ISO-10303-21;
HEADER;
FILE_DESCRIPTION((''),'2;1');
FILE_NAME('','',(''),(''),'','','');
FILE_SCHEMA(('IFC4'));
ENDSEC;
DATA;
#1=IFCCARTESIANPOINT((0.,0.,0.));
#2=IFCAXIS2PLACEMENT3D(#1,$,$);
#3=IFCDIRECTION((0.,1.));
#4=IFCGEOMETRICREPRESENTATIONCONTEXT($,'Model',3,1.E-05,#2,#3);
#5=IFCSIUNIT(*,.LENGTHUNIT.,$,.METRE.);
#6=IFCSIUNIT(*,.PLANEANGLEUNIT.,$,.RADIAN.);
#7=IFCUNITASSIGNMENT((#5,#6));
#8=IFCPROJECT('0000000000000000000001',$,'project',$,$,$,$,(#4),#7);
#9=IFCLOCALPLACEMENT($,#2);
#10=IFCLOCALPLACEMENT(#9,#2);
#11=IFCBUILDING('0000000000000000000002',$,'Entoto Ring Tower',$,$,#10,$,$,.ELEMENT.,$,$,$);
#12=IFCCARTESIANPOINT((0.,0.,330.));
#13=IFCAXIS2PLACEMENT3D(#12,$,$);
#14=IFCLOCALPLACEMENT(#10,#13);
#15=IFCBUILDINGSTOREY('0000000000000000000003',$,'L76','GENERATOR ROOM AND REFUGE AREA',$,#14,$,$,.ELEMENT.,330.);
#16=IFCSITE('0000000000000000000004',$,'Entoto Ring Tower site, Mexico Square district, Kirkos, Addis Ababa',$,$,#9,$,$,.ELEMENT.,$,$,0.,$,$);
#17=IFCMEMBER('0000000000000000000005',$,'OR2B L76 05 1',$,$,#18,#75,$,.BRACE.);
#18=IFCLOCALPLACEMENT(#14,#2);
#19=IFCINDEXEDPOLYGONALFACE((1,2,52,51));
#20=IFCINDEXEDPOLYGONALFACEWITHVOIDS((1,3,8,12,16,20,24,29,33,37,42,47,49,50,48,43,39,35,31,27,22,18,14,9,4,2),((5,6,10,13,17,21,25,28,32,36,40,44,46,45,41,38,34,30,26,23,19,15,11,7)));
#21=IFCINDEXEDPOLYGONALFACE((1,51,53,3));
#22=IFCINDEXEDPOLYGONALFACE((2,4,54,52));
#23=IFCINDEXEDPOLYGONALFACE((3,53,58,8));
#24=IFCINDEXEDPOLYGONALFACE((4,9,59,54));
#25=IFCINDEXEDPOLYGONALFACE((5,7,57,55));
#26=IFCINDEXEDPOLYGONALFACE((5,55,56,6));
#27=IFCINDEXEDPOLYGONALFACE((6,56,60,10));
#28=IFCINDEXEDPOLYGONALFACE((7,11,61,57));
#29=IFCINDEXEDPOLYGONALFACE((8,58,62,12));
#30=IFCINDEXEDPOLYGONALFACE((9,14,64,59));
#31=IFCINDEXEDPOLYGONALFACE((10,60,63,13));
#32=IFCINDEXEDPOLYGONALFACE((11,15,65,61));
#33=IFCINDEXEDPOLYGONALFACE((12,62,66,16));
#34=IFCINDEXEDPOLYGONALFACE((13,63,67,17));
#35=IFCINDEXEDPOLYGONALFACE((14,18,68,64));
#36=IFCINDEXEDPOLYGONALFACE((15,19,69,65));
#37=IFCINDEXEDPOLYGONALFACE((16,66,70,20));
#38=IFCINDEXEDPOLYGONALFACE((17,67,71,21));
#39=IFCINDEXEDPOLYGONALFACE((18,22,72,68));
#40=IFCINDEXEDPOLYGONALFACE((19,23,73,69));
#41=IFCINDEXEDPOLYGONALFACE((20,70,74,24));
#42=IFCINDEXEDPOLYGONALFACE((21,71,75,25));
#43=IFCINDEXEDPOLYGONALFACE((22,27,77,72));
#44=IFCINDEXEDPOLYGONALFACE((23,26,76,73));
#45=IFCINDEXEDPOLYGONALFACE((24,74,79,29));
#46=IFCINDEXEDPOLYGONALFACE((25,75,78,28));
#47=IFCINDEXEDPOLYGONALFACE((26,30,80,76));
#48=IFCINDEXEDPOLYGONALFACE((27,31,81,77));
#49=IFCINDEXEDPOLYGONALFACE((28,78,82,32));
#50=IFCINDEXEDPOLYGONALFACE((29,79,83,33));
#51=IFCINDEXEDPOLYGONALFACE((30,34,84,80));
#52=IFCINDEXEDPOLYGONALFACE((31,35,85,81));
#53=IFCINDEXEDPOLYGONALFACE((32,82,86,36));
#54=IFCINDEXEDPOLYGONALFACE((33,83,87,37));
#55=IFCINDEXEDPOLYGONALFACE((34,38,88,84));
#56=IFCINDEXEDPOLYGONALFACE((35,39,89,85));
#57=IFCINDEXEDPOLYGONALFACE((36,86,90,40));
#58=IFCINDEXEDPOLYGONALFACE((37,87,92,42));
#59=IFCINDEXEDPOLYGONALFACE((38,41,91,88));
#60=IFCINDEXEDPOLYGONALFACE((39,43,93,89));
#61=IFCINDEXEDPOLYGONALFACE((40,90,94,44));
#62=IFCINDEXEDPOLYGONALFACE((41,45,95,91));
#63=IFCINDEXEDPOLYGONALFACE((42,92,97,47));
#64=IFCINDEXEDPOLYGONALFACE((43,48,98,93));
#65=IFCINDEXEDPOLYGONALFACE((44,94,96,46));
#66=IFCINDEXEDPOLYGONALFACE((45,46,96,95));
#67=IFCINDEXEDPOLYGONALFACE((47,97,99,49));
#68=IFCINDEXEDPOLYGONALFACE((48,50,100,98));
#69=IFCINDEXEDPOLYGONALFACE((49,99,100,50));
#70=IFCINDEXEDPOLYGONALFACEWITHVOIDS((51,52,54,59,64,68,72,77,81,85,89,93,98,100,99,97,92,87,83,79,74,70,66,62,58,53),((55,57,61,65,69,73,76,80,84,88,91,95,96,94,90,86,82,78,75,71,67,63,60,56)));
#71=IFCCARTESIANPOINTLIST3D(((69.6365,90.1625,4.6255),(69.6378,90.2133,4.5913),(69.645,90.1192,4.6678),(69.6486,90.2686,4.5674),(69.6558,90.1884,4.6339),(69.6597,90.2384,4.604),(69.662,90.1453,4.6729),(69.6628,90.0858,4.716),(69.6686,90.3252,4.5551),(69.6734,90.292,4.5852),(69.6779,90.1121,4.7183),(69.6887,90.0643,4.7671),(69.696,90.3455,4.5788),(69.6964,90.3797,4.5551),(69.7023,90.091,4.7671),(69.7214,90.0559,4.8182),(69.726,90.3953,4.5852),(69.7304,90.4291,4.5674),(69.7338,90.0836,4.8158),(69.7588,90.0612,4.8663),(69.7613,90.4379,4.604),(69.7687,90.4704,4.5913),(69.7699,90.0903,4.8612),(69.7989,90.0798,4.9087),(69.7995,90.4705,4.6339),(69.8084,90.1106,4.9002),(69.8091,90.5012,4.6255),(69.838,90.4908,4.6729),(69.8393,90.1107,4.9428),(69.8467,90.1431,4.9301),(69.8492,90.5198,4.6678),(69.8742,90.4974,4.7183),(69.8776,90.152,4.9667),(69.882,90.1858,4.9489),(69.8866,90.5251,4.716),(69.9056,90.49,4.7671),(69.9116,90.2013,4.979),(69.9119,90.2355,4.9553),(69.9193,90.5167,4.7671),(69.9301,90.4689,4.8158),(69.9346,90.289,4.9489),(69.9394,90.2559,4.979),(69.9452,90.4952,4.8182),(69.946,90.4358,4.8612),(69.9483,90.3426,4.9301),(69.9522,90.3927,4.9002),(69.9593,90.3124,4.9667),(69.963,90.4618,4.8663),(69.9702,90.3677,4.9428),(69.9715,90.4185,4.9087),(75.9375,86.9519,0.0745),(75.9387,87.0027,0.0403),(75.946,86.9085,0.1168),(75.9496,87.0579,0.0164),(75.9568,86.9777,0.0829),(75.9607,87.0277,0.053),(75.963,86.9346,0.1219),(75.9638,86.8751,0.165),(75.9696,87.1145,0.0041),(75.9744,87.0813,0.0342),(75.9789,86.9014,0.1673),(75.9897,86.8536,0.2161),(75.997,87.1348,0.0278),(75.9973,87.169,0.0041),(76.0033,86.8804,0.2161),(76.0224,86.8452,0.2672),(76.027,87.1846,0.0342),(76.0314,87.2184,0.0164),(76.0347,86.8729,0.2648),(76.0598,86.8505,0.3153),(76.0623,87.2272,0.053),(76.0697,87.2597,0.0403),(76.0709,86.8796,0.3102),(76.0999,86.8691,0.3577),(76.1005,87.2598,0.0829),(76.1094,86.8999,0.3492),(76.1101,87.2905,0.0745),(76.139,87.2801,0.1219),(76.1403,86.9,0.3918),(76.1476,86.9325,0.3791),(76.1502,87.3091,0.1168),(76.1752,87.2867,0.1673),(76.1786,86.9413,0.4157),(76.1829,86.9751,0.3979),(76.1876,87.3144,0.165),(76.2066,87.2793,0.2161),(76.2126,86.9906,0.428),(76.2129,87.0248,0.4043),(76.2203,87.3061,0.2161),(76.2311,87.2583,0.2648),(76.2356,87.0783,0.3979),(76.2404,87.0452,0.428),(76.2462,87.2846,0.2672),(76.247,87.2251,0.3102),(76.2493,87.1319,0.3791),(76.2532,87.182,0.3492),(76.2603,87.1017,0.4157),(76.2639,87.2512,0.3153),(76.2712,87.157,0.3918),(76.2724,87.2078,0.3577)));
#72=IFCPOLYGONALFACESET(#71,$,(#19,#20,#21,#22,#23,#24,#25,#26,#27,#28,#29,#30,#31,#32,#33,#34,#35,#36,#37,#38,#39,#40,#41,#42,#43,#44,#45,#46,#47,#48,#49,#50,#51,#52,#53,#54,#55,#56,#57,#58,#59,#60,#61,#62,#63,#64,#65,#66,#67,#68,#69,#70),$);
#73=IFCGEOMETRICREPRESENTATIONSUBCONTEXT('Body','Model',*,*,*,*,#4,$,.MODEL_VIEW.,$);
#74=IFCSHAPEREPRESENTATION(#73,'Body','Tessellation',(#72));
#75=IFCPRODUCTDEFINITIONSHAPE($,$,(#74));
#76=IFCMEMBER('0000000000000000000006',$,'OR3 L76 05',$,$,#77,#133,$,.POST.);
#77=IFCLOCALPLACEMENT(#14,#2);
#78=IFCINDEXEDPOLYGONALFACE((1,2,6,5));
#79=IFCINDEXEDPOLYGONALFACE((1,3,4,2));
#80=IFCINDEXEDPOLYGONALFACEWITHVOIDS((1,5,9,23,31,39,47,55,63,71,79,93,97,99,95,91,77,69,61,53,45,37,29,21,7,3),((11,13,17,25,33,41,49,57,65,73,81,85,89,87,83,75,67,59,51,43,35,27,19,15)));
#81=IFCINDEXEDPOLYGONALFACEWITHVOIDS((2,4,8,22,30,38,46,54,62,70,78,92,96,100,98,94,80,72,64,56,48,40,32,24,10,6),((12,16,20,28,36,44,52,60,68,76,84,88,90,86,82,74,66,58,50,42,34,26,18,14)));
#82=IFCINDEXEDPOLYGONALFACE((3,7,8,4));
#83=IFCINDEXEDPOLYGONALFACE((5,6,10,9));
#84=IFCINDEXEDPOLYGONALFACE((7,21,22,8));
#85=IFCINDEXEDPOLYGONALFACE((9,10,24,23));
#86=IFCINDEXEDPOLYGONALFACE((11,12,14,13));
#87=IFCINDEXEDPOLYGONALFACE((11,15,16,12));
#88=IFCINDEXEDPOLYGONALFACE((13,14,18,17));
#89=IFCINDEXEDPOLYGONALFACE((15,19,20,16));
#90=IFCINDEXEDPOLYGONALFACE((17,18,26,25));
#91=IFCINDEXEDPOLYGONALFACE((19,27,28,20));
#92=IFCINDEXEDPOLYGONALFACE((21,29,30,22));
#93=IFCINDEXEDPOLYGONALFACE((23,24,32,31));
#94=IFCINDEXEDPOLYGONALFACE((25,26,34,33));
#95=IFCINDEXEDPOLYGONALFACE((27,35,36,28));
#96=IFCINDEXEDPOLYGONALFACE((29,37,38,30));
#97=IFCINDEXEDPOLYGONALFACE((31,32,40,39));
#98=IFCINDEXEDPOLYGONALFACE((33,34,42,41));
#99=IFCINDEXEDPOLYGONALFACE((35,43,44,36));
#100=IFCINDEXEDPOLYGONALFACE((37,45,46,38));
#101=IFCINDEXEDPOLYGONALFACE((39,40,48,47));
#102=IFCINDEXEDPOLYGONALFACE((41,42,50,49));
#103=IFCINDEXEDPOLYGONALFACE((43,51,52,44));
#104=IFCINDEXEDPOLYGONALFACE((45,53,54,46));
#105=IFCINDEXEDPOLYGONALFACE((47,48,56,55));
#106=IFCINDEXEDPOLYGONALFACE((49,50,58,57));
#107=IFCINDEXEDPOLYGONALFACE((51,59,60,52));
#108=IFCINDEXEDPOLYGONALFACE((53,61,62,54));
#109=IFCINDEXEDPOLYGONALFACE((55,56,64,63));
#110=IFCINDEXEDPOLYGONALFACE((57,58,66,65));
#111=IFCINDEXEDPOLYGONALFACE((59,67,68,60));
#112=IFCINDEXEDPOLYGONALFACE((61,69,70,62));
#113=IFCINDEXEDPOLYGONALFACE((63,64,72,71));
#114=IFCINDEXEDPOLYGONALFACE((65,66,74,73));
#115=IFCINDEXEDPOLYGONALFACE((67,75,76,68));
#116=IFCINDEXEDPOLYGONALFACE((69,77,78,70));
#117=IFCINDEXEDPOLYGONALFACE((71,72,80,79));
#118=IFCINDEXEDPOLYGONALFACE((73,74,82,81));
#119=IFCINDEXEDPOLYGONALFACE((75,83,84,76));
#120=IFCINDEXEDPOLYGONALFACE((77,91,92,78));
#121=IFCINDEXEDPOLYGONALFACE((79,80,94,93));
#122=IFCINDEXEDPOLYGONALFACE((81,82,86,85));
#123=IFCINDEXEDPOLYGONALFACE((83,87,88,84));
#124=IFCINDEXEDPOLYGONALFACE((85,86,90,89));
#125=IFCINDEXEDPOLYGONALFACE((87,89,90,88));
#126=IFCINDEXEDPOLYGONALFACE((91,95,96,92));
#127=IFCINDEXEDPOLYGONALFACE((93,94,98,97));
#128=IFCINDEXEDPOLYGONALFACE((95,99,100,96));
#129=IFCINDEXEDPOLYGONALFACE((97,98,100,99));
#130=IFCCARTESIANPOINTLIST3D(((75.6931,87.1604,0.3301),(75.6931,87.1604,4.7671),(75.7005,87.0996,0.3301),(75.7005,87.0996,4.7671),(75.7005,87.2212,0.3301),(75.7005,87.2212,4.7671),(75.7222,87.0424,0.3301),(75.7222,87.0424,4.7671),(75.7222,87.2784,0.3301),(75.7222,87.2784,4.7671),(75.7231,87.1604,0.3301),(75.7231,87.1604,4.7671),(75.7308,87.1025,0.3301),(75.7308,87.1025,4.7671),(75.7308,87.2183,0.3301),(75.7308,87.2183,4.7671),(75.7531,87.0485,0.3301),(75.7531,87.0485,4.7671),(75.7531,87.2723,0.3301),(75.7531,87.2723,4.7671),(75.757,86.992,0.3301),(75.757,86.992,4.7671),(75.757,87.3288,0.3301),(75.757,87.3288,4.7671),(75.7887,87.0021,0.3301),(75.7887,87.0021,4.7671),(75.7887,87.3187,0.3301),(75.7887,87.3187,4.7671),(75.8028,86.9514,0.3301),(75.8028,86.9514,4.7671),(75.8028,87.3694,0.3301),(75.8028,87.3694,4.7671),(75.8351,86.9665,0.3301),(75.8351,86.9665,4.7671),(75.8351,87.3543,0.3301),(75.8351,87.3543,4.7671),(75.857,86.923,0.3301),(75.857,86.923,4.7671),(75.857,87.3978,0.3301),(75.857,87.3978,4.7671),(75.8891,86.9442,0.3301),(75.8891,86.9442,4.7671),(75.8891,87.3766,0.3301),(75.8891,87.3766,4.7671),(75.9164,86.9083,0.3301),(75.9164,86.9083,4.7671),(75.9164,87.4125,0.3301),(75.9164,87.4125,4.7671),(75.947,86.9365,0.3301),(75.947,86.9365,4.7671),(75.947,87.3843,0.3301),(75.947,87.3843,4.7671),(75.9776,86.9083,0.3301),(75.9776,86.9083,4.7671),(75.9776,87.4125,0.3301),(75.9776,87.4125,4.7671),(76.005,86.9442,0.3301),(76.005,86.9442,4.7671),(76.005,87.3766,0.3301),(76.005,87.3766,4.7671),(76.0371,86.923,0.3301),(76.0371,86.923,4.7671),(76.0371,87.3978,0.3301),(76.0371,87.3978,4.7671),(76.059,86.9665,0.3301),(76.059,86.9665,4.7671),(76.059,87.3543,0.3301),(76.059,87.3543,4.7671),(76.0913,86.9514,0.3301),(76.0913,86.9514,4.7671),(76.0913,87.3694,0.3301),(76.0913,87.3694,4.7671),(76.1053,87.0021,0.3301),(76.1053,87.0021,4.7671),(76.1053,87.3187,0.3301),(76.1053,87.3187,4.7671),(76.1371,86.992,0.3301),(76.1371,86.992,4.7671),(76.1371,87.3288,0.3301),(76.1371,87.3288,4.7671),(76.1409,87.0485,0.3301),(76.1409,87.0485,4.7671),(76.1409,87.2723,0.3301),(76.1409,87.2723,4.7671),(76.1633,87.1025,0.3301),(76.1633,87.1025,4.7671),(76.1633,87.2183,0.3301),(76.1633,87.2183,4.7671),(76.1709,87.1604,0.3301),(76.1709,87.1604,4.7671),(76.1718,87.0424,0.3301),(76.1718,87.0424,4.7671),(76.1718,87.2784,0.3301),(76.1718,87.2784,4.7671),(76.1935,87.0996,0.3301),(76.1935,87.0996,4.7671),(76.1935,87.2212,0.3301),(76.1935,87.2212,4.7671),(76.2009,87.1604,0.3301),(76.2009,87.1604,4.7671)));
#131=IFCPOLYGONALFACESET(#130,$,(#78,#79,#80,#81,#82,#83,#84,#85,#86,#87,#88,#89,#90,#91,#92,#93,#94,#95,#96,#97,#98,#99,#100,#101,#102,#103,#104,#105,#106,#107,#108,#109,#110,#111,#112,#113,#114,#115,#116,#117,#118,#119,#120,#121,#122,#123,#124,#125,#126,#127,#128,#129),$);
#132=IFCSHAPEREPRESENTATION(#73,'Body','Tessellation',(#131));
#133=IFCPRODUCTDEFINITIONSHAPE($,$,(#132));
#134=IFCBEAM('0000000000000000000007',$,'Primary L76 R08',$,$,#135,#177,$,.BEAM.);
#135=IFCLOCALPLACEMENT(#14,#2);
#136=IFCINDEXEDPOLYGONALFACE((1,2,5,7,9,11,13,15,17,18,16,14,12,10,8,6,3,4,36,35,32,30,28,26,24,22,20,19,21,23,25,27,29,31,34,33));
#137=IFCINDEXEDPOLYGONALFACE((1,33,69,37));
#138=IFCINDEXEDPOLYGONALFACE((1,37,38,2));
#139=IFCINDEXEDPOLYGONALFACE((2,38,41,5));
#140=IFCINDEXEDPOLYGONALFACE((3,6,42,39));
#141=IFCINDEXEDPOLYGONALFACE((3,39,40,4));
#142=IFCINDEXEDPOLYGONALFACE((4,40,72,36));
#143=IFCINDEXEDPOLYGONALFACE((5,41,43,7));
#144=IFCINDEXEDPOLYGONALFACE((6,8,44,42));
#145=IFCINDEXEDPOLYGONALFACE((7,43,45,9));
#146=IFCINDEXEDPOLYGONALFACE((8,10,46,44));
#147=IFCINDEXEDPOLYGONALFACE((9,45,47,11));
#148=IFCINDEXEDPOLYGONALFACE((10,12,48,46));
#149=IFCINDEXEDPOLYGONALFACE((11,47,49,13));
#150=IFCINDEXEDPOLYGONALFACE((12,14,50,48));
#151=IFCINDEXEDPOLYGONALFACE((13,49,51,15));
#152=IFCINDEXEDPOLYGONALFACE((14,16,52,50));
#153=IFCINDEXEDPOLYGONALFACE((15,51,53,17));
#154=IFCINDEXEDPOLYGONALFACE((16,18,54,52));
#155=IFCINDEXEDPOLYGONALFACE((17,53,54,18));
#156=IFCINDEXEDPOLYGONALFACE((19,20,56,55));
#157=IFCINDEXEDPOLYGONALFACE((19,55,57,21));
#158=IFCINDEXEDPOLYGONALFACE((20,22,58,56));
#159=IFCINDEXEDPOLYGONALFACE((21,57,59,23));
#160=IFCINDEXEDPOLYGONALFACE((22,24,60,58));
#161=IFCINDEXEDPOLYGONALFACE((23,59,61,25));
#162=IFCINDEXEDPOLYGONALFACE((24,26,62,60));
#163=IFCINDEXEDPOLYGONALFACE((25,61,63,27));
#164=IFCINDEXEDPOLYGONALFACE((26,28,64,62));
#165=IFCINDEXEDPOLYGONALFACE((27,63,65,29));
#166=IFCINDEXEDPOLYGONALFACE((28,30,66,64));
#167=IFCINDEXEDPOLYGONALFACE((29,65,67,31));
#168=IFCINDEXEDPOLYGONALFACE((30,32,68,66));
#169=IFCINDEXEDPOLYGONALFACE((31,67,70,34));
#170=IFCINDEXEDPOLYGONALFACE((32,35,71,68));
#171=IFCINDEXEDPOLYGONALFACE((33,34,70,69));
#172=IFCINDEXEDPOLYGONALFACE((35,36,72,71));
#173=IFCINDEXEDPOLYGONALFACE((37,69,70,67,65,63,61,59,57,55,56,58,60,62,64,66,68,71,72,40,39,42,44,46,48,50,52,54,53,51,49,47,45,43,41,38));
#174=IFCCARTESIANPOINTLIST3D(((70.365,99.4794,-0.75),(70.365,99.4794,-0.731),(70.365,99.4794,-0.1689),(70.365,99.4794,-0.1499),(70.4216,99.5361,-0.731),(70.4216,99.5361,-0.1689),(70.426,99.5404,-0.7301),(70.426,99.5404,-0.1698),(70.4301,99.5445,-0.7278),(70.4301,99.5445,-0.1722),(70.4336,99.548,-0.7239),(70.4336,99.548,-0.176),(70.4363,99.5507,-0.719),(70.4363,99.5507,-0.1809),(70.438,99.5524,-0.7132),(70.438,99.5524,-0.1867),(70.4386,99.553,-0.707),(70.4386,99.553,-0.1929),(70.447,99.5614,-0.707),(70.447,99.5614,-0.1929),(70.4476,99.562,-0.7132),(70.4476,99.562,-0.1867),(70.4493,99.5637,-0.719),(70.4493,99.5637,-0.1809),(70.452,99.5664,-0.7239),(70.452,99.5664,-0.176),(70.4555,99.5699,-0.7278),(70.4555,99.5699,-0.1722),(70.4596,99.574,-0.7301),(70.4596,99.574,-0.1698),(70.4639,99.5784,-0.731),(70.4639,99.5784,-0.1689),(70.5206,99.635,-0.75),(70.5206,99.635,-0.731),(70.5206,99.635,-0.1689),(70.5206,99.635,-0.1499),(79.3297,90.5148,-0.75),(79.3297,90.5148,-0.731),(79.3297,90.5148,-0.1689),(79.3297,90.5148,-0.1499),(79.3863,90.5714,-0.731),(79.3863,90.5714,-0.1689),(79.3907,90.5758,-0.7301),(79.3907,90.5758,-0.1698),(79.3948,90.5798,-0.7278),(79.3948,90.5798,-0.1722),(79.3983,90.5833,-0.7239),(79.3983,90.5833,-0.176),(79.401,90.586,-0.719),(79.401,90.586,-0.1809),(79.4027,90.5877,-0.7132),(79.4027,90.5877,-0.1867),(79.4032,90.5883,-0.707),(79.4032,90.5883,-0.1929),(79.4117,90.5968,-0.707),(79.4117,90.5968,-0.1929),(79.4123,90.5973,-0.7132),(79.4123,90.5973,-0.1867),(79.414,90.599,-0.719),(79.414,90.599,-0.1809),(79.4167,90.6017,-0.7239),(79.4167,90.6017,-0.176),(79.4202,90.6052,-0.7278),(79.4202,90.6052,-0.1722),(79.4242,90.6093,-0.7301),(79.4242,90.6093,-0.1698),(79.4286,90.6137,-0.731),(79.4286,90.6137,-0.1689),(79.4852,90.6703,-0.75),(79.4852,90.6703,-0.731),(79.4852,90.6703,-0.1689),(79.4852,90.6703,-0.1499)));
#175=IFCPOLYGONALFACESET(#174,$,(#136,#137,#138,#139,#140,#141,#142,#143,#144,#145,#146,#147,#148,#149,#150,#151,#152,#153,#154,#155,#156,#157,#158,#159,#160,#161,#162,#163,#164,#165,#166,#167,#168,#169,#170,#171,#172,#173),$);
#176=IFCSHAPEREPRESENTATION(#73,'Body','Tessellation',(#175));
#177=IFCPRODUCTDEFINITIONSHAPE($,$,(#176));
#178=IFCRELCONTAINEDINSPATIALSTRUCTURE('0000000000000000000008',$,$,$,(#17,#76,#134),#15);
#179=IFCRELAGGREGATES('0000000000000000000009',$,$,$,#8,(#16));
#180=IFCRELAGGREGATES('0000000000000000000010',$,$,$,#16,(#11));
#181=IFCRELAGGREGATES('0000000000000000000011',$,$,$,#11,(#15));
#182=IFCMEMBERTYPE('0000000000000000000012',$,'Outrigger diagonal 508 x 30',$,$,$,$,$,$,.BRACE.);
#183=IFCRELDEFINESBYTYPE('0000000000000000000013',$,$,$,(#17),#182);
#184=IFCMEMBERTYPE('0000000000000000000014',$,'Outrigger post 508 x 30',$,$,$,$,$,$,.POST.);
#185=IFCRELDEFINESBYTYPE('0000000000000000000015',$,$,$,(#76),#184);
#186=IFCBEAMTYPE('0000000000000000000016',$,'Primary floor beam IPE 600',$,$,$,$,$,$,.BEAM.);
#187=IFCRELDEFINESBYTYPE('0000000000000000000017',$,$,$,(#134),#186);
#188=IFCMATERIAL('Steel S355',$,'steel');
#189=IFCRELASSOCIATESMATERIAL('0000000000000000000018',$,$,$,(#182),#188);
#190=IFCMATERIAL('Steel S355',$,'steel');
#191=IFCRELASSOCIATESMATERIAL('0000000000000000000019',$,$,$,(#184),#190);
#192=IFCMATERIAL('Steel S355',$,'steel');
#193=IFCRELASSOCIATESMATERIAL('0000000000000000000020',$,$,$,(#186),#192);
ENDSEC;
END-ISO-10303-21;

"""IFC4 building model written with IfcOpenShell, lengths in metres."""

from ifc_helpers import new_model, si_unit, direction, frame, origin, origin_2d, place, context, subcontext, project, spatial, circle, hollow_circle, i_section, extrude, material, material_profile, profile_set, type_object, element, save


model = new_model("IFC4")

# Units and contexts
model_context = context("Model", 3, precision=1e-05, world=origin(), true_north=direction((0.0, 1.0)))
body_context = subcontext(model_context, "Body", "Model", "MODEL_VIEW")
ifc_project = project(units=[si_unit("LENGTHUNIT", "METRE"), si_unit("PLANEANGLEUNIT", "RADIAN")], contexts=[model_context])

# Site, building, storey
site_placement = place(None, origin())
site = spatial("IfcSite", under=ifc_project, at=site_placement, Name="Entoto Ring Tower site, Mexico Square district, Kirkos, Addis Ababa", CompositionType="ELEMENT", RefElevation=0.0)
building_placement = place(site_placement, origin())
building = spatial("IfcBuilding", under=site, at=building_placement, Name="Entoto Ring Tower", CompositionType="ELEMENT")
storey_placement = place(building_placement, frame((0.0, 0.0, 330.0)))
storey = spatial("IfcBuildingStorey", under=building, at=storey_placement, Name="L76", Description="GENERATOR ROOM AND REFUGE AREA", CompositionType="ELEMENT", Elevation=330.0)

# Members
ifc_material_1 = material(Name="Steel S355", Category="steel")
ifc_material_profile_1 = material_profile(ifc_material_1, hollow_circle(Radius=0.2539, WallThickness=0.03, at=origin_2d()), Name="CHS 508 x 30")
ifc_material_2 = material(Name="Concrete C60/75", Category="concrete")
ifc_material_profile_2 = material_profile(ifc_material_2, circle(Radius=0.2241, at=origin_2d()), Name="Concrete C60/75 infill")
ifc_profile_set_1 = profile_set([ifc_material_profile_1, ifc_material_profile_2], Name="Steel S355")
member_type_1 = type_object("IfcMemberType", Name="Outrigger diagonal 508 x 30", PredefinedType="BRACE", material=ifc_profile_set_1)
member_1_placement = place(storey_placement, frame((76.105, 87.0798, 0.2161), z_axis=(-0.749256, 0.381784, 0.541163), x_axis=(-0.454009, -0.890997, 0.0)))
element("IfcMember", 1, at=member_1_placement, inside=storey, type_object=member_type_1, Name="OR2B L76 05 1", PredefinedType="BRACE", context=body_context, shape_type="SweptSolid", body=[
    extrude(hollow_circle(Radius=0.2539, WallThickness=0.03, at=origin_2d()), origin(), (0.0, 0.0, 1.0), 8.4097),
])
ifc_material_3 = material(Name="Steel S355", Category="steel")
ifc_material_profile_3 = material_profile(ifc_material_3, hollow_circle(Radius=0.2539, WallThickness=0.03, at=origin_2d()), Name="CHS 508 x 30")
ifc_material_4 = material(Name="Concrete C60/75", Category="concrete")
ifc_material_profile_4 = material_profile(ifc_material_4, circle(Radius=0.2241, at=origin_2d()), Name="Concrete C60/75 infill")
ifc_profile_set_2 = profile_set([ifc_material_profile_3, ifc_material_profile_4], Name="Steel S355")
member_type_2 = type_object("IfcMemberType", Name="Outrigger post 508 x 30", PredefinedType="POST", material=ifc_profile_set_2)
member_2_placement = place(storey_placement, frame((75.947, 87.1604, 0.3301), z_axis=(0.0, 0.0, 1.0), x_axis=(1.0, 0.0, 0.0)))
element("IfcMember", 2, at=member_2_placement, inside=storey, type_object=member_type_2, Name="OR3 L76 05", PredefinedType="POST", context=body_context, shape_type="SweptSolid", body=[
    extrude(hollow_circle(Radius=0.2539, WallThickness=0.03, at=origin_2d()), origin(), (0.0, 0.0, 1.0), 4.437),
])

# Beam
ifc_material_5 = material(Name="Steel S355", Category="steel")
ifc_material_profile_5 = material_profile(ifc_material_5, i_section(OverallWidth=0.22, OverallDepth=0.6001, WebThickness=0.012, FlangeThickness=0.019, FilletRadius=0.0239, at=origin_2d()), Name="IPE 600")
ifc_profile_set_3 = profile_set([ifc_material_profile_5], Name="Steel S355")
beam_type_1 = type_object("IfcBeamType", Name="Primary floor beam IPE 600", PredefinedType="BEAM", material=ifc_profile_set_3)
beam_1_placement = place(storey_placement, frame((79.4075, 90.5925, -0.45), z_axis=(-0.707107, 0.707107, 0.0), x_axis=(-0.707107, -0.707107, 0.0)))
element("IfcBeam", 3, at=beam_1_placement, inside=storey, type_object=beam_type_1, Name="Primary L76 R08", PredefinedType="BEAM", context=body_context, shape_type="SweptSolid", body=[
    extrude(i_section(OverallWidth=0.22, OverallDepth=0.6001, WebThickness=0.012, FlangeThickness=0.019, FilletRadius=0.0239, at=origin_2d()), origin(), (0.0, 0.0, 1.0), 12.678),
])

save(model, "model.ifc")
